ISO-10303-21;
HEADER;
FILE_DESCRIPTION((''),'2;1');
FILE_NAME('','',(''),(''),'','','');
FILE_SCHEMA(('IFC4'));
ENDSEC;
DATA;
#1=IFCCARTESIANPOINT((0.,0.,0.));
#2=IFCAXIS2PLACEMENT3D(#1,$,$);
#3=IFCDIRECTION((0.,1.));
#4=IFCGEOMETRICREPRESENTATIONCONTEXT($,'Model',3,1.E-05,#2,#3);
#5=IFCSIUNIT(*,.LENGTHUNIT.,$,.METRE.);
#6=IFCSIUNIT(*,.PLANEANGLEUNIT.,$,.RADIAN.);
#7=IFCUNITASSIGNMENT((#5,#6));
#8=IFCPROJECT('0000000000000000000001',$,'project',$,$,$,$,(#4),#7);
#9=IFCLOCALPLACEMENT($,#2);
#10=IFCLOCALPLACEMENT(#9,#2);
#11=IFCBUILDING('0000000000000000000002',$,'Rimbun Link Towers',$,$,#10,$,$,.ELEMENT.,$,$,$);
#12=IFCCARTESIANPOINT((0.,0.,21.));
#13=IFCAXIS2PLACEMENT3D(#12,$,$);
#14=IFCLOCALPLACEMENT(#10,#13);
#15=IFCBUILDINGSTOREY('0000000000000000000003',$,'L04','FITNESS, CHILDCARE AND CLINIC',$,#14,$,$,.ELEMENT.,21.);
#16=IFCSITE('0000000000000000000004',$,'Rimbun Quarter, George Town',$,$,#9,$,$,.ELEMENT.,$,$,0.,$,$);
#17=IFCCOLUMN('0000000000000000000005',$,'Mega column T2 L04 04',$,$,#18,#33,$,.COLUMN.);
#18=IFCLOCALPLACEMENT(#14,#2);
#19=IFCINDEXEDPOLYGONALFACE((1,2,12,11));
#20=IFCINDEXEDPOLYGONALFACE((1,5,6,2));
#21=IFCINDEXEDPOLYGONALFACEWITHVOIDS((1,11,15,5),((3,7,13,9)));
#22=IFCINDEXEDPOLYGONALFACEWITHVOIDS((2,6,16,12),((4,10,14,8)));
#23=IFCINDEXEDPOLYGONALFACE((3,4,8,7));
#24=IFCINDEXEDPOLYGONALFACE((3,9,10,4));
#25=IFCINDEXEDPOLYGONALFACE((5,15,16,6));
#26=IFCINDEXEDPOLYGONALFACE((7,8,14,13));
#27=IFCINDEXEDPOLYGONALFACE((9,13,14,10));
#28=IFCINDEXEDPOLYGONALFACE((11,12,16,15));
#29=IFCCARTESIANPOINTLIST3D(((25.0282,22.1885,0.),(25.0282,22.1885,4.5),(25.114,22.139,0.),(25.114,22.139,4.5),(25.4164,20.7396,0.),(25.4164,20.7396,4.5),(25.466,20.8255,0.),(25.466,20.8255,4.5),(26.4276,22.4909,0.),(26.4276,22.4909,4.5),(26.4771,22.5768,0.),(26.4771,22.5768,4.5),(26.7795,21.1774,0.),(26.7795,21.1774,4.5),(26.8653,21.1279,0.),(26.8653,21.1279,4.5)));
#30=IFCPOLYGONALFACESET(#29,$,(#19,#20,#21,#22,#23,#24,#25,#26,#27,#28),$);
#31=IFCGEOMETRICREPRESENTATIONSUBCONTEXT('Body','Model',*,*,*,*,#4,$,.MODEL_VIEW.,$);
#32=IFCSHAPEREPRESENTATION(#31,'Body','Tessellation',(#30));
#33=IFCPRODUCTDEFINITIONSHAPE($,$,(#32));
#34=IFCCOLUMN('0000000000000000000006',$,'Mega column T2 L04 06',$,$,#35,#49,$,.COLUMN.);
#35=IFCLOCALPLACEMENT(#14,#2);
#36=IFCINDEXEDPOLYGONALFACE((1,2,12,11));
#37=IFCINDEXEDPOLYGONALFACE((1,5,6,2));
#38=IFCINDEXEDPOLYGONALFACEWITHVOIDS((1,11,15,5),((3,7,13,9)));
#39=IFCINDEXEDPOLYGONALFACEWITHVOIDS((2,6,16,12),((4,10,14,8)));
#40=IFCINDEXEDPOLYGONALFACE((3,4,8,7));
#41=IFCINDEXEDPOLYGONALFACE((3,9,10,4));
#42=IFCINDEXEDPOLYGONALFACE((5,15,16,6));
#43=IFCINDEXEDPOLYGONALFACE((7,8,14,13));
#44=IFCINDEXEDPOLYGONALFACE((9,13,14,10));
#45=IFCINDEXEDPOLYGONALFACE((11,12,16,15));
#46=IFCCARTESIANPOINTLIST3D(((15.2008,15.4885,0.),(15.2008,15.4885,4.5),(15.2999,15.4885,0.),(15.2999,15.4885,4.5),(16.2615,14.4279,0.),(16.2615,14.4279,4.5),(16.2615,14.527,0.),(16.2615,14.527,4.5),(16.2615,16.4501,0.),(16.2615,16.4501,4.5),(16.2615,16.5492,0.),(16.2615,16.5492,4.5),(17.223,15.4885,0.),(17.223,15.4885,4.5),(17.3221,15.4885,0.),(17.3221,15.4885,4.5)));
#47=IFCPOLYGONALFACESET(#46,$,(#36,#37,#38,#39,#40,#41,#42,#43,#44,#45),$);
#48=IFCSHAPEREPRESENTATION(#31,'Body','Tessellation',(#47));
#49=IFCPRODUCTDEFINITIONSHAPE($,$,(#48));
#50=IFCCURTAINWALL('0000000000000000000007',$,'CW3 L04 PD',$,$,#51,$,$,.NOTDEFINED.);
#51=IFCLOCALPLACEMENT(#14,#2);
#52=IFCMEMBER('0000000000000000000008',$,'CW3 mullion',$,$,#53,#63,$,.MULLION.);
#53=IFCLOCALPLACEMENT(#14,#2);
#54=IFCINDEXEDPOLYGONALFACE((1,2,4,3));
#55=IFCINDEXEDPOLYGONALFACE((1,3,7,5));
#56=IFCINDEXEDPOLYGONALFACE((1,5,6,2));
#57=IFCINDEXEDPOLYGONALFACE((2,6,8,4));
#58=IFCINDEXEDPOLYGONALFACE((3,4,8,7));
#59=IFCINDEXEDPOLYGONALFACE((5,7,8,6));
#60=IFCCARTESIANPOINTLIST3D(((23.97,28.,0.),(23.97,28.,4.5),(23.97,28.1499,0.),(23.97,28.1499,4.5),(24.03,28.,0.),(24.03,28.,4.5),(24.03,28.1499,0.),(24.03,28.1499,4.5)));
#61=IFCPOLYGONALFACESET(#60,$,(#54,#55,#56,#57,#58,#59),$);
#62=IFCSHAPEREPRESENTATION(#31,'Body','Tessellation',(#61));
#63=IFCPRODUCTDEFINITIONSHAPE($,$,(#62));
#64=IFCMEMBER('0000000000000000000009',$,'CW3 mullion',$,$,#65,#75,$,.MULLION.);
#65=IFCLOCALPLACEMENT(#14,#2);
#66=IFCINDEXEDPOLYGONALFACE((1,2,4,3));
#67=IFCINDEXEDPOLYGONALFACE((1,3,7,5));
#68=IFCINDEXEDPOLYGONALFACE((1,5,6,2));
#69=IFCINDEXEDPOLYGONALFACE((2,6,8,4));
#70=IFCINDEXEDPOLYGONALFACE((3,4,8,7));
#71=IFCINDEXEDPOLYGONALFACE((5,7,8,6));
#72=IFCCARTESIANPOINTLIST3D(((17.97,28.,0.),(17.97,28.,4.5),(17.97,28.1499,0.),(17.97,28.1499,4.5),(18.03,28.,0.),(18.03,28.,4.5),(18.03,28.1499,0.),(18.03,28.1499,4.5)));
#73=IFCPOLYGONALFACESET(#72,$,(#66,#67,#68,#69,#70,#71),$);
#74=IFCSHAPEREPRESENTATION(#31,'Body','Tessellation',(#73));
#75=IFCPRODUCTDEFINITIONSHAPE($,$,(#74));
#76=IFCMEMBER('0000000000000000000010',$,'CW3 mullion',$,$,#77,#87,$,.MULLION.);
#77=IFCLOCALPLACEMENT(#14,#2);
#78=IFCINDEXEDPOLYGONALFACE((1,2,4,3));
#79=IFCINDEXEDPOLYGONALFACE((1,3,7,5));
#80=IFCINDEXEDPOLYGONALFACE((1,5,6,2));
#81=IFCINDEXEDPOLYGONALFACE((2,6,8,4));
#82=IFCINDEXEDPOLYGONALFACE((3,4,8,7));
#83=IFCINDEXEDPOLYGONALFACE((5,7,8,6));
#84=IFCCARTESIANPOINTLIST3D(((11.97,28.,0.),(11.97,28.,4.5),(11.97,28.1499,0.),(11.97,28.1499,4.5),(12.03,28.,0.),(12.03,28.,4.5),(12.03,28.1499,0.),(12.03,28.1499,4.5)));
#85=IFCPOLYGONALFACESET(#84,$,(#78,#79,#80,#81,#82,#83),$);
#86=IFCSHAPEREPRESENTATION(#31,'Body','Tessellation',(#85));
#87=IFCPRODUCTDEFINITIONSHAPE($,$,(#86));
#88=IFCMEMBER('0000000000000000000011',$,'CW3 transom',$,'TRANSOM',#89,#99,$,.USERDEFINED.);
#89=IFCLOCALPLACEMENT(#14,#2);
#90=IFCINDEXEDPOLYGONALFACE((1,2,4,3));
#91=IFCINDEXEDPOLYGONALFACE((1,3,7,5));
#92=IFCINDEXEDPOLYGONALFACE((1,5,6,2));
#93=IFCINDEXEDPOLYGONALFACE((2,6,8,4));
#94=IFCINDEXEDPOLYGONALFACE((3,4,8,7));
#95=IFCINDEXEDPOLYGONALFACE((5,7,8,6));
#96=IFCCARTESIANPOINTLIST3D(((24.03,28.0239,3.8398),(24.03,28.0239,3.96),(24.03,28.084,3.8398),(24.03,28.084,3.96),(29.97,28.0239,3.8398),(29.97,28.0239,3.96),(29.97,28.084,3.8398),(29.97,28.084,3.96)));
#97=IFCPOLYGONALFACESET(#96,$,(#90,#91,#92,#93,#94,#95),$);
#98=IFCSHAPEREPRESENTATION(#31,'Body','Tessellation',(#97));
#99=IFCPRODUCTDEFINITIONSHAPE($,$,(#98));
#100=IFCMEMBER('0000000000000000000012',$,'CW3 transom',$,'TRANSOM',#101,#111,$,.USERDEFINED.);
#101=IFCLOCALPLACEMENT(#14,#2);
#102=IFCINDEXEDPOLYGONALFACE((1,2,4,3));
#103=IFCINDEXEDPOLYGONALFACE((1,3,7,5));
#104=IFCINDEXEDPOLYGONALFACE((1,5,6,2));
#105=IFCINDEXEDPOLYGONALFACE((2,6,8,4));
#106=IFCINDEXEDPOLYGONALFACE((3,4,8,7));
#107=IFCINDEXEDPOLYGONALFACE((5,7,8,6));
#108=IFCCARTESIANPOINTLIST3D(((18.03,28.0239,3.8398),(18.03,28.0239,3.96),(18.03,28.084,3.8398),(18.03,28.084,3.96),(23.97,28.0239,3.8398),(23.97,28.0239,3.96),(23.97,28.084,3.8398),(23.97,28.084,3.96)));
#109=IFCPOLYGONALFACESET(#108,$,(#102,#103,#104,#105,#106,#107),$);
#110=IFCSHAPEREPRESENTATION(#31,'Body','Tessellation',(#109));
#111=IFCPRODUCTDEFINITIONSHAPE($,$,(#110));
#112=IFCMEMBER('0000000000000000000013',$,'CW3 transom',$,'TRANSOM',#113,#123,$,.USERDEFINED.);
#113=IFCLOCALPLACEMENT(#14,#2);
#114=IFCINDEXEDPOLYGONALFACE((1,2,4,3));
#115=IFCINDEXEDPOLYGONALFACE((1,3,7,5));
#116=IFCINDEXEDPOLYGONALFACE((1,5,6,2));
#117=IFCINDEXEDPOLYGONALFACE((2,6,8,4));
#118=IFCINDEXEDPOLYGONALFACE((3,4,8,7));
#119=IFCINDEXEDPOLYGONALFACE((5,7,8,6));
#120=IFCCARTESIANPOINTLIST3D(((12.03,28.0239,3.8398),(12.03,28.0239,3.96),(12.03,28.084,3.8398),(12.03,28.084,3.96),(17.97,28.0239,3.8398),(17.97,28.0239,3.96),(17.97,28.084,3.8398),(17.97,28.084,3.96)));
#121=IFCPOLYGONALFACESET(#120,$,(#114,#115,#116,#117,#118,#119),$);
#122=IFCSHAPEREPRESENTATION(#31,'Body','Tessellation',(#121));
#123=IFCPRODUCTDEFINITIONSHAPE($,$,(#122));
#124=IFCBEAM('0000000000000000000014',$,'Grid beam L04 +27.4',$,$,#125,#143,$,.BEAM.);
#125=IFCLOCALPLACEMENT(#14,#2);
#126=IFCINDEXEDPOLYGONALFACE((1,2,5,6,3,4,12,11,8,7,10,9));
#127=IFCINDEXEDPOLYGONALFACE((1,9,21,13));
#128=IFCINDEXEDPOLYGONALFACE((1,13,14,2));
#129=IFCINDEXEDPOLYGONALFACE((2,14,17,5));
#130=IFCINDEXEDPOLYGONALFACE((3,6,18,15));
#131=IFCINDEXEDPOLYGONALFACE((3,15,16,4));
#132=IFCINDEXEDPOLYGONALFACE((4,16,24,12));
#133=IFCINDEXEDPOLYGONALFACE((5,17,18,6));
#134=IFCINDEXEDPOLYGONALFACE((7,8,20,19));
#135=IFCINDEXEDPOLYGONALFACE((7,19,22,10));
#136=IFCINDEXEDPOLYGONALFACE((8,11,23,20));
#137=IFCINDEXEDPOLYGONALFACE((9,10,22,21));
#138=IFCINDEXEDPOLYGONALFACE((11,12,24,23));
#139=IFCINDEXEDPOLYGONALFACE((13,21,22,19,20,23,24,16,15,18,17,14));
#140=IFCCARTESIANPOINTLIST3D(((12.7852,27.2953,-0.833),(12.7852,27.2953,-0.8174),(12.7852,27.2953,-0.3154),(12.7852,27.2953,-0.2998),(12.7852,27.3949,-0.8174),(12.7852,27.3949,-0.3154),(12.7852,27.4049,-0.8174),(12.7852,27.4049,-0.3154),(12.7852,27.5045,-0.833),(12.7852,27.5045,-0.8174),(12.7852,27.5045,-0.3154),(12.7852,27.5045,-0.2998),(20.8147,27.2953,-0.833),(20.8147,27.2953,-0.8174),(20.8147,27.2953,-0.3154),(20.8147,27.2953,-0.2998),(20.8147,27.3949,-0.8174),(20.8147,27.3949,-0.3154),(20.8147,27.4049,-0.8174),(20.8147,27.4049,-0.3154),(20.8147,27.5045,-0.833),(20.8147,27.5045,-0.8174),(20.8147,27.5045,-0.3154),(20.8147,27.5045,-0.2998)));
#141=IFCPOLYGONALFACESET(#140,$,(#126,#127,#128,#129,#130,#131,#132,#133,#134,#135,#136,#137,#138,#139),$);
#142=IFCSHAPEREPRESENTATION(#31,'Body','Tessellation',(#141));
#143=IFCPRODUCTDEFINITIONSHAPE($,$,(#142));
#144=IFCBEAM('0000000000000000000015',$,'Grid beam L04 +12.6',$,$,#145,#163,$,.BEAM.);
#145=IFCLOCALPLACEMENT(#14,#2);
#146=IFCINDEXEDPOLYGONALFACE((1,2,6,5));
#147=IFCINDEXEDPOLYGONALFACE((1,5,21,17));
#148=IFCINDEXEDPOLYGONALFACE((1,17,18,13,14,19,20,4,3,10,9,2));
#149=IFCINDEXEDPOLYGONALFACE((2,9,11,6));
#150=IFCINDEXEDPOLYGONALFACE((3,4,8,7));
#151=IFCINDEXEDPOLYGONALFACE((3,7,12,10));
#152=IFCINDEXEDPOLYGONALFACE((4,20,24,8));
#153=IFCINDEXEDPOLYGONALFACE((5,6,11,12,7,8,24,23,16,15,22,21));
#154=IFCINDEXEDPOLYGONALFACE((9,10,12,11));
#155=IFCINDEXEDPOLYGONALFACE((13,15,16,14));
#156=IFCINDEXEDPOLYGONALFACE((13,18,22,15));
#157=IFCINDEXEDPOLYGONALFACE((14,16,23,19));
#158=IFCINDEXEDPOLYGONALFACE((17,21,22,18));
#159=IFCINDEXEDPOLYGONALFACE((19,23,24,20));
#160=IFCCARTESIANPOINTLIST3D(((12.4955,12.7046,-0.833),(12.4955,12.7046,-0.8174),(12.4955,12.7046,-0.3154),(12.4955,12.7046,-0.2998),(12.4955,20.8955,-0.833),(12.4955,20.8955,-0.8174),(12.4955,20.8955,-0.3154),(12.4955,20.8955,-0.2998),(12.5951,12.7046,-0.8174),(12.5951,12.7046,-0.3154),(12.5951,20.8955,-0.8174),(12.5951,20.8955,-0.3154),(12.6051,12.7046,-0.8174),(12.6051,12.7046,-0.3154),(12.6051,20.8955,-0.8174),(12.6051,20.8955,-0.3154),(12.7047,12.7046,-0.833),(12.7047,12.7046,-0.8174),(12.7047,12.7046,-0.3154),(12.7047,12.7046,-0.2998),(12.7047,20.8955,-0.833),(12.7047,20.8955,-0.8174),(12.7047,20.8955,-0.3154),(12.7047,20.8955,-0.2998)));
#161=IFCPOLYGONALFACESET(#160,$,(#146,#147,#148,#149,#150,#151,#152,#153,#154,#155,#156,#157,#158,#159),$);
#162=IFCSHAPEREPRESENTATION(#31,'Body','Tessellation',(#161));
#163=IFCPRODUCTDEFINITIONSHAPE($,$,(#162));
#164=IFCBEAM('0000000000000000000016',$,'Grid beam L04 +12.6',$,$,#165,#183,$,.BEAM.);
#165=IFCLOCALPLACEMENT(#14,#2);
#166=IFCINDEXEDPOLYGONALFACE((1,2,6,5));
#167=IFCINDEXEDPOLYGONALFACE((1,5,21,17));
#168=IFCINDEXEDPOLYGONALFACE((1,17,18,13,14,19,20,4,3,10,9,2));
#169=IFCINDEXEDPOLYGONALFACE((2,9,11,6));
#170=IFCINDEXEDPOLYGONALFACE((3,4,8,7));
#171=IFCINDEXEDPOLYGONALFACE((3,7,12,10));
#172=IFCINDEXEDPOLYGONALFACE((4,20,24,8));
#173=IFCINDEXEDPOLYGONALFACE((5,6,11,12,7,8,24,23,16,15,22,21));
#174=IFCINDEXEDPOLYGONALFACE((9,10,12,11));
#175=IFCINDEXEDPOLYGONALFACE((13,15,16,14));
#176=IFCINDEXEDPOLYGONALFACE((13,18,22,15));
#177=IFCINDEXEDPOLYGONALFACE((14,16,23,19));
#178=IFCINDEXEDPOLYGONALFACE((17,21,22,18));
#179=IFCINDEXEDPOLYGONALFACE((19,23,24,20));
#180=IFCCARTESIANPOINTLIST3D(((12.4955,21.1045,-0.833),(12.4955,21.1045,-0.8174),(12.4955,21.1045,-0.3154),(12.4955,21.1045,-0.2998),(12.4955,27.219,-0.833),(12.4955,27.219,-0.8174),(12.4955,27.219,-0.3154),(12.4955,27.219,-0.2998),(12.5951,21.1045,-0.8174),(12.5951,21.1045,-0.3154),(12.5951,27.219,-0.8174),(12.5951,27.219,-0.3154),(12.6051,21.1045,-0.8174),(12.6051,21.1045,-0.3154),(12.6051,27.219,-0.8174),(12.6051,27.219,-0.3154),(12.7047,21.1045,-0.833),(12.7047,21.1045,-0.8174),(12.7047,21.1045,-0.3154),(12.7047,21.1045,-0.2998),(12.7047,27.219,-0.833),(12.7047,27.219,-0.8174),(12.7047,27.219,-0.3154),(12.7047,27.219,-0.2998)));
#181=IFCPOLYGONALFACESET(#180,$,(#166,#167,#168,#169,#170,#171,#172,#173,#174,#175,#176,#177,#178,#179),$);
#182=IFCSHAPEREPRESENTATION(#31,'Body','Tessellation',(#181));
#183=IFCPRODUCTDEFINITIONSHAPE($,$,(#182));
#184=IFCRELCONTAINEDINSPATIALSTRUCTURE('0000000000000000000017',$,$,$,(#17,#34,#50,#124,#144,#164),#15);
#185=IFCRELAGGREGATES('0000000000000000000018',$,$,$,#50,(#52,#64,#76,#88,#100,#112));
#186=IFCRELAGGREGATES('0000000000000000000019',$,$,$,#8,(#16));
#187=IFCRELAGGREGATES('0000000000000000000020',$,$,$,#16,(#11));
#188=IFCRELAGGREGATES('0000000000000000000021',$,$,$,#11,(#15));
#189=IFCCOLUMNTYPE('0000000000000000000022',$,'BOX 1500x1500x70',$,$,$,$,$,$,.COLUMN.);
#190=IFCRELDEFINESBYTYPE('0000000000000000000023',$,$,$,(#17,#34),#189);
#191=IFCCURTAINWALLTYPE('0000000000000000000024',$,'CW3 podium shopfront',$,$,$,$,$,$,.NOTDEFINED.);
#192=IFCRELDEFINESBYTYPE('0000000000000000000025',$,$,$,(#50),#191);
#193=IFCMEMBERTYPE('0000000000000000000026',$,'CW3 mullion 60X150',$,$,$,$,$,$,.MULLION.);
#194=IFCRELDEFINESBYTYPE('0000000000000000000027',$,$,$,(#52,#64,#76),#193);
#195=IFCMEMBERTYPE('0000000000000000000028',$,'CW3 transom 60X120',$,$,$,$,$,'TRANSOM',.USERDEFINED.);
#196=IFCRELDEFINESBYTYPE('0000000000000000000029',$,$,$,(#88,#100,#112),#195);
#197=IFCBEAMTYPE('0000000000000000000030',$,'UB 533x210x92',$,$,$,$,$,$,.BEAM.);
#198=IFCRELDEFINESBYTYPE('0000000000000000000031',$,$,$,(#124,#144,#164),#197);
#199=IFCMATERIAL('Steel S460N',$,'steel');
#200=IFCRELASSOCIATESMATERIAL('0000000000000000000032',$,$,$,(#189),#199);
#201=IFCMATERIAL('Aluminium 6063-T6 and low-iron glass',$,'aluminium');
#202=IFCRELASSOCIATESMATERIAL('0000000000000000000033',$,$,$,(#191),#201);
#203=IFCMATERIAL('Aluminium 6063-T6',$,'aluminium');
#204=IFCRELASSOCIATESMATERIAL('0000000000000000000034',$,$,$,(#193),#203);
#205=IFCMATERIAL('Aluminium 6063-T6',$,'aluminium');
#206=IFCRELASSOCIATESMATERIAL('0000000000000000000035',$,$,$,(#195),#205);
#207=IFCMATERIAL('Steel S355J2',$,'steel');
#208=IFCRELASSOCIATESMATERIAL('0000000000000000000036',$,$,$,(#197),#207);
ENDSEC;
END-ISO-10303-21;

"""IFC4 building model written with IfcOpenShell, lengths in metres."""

from ifc_helpers import new_model, si_unit, direction, frame, origin, origin_2d, place, context, subcontext, project, spatial, rectangle, hollow_rectangle, i_section, extrude, material, material_profile, profile_set, type_object, element, aggregate, save


model = new_model("IFC4")

# Units and contexts
model_context = context("Model", 3, precision=1e-05, world=origin(), true_north=direction((0.0, 1.0)))
body_context = subcontext(model_context, "Body", "Model", "MODEL_VIEW")
ifc_project = project(units=[si_unit("LENGTHUNIT", "METRE"), si_unit("PLANEANGLEUNIT", "RADIAN")], contexts=[model_context])

# Site, building, storey
site_placement = place(None, origin())
site = spatial("IfcSite", under=ifc_project, at=site_placement, Name="Rimbun Quarter, George Town", CompositionType="ELEMENT", RefElevation=0.0)
building_placement = place(site_placement, origin())
building = spatial("IfcBuilding", under=site, at=building_placement, Name="Rimbun Link Towers", CompositionType="ELEMENT")
storey_placement = place(building_placement, frame((0.0, 0.0, 21.0)))
storey = spatial("IfcBuildingStorey", under=building, at=storey_placement, Name="L04", Description="FITNESS, CHILDCARE AND CLINIC", CompositionType="ELEMENT", Elevation=21.0)

# Columns
ifc_material_1 = material(Name="Steel S460N", Category="steel")
ifc_material_profile_1 = material_profile(ifc_material_1, hollow_rectangle(XDim=1.5, YDim=1.5, WallThickness=0.0701, at=origin_2d()), Name="BOX 1500x1500x70")
ifc_profile_set_1 = profile_set([ifc_material_profile_1], Name="Steel S460N")
column_type = type_object("IfcColumnType", Name="BOX 1500x1500x70", PredefinedType="COLUMN", material=ifc_profile_set_1)
for number, where, z_axis, x_axis, name in (
    (1, (25.9468, 21.6582, 0.0), (0.0, 0.0, 1.0), (-0.258819, 0.965926, 0.0), "Mega column T2 L04 04"),
    (2, (16.2615, 15.4885, 0.0), (0.0, 0.0, 1.0), (-0.707107, 0.707107, 0.0), "Mega column T2 L04 06"),
):
    element("IfcColumn", number, at=place(storey_placement, frame(where, z_axis=z_axis, x_axis=x_axis)), inside=storey, type_object=column_type, Name=name, PredefinedType="COLUMN", context=body_context, shape_type="SweptSolid", body=[
        extrude(hollow_rectangle(XDim=1.5, YDim=1.5, WallThickness=0.0701, at=origin_2d()), origin(), (0.0, 0.0, 1.0), 4.5),
    ])

# Curtain wall, members
ifc_material_2 = material(Name="Aluminium 6063-T6 and low-iron glass", Category="aluminium")
curtain_wall_type = type_object("IfcCurtainWallType", Name="CW3 podium shopfront", PredefinedType="NOTDEFINED", material=ifc_material_2)
curtain_wall_placement = place(storey_placement, origin())
curtain_wall = element("IfcCurtainWall", 3, at=curtain_wall_placement, inside=storey, type_object=curtain_wall_type, Name="CW3 L04 PD", PredefinedType="NOTDEFINED")
ifc_material_3 = material(Name="Aluminium 6063-T6", Category="aluminium")
ifc_material_profile_2 = material_profile(ifc_material_3, rectangle(XDim=0.1499, YDim=0.0601, at=origin_2d()), Name="MULLION 60X150")
ifc_profile_set_2 = profile_set([ifc_material_profile_2], Name="Aluminium 6063-T6")
member_type_1 = type_object("IfcMemberType", Name="CW3 mullion 60X150", PredefinedType="MULLION", material=ifc_profile_set_2)
member_1_placement = place(storey_placement, frame((24.0, 28.075, 0.0), z_axis=(0.0, 0.0, 1.0), x_axis=(0.0, 1.0, 0.0)))
member_1 = element("IfcMember", 4, at=member_1_placement, type_object=member_type_1, Name="CW3 mullion", PredefinedType="MULLION", context=body_context, shape_type="SweptSolid", body=[
    extrude(rectangle(XDim=0.1499, YDim=0.0601, at=origin_2d()), origin(), (0.0, 0.0, 1.0), 4.5),
])
member_2_placement = place(storey_placement, frame((18.0, 28.075, 0.0), z_axis=(0.0, 0.0, 1.0), x_axis=(0.0, 1.0, 0.0)))
member_2 = element("IfcMember", 5, at=member_2_placement, type_object=member_type_1, Name="CW3 mullion", PredefinedType="MULLION", context=body_context, shape_type="SweptSolid", body=[
    extrude(rectangle(XDim=0.1499, YDim=0.0601, at=origin_2d()), origin(), (0.0, 0.0, 1.0), 4.5),
])
member_3_placement = place(storey_placement, frame((12.0, 28.075, 0.0), z_axis=(0.0, 0.0, 1.0), x_axis=(0.0, 1.0, 0.0)))
member_3 = element("IfcMember", 6, at=member_3_placement, type_object=member_type_1, Name="CW3 mullion", PredefinedType="MULLION", context=body_context, shape_type="SweptSolid", body=[
    extrude(rectangle(XDim=0.1499, YDim=0.0601, at=origin_2d()), origin(), (0.0, 0.0, 1.0), 4.5),
])
ifc_material_4 = material(Name="Aluminium 6063-T6", Category="aluminium")
ifc_material_profile_3 = material_profile(ifc_material_4, rectangle(XDim=0.0601, YDim=0.1201, at=origin_2d()), Name="TRANSOM 60X120")
ifc_profile_set_3 = profile_set([ifc_material_profile_3], Name="Aluminium 6063-T6")
member_type_2 = type_object("IfcMemberType", Name="CW3 transom 60X120", ElementType="TRANSOM", PredefinedType="USERDEFINED", material=ifc_profile_set_3)
member_4_placement = place(storey_placement, frame((24.03, 28.054, 3.8999), z_axis=(1.0, 0.0, 0.0), x_axis=(0.0, 1.0, 0.0)))
member_4 = element("IfcMember", 7, at=member_4_placement, type_object=member_type_2, Name="CW3 transom", ObjectType="TRANSOM", PredefinedType="USERDEFINED", context=body_context, shape_type="SweptSolid", body=[
    extrude(rectangle(XDim=0.0601, YDim=0.1201, at=origin_2d()), origin(), (0.0, 0.0, 1.0), 5.9399),
])
member_5_placement = place(storey_placement, frame((18.03, 28.054, 3.8999), z_axis=(1.0, 0.0, 0.0), x_axis=(0.0, 1.0, 0.0)))
member_5 = element("IfcMember", 8, at=member_5_placement, type_object=member_type_2, Name="CW3 transom", ObjectType="TRANSOM", PredefinedType="USERDEFINED", context=body_context, shape_type="SweptSolid", body=[
    extrude(rectangle(XDim=0.0601, YDim=0.1201, at=origin_2d()), origin(), (0.0, 0.0, 1.0), 5.9399),
])
member_6_placement = place(storey_placement, frame((12.03, 28.054, 3.8999), z_axis=(1.0, 0.0, 0.0), x_axis=(0.0, 1.0, 0.0)))
member_6 = element("IfcMember", 9, at=member_6_placement, type_object=member_type_2, Name="CW3 transom", ObjectType="TRANSOM", PredefinedType="USERDEFINED", context=body_context, shape_type="SweptSolid", body=[
    extrude(rectangle(XDim=0.0601, YDim=0.1201, at=origin_2d()), origin(), (0.0, 0.0, 1.0), 5.9399),
])

# Beams
ifc_material_5 = material(Name="Steel S355J2", Category="steel")
ifc_material_profile_4 = material_profile(ifc_material_5, i_section(OverallWidth=0.2092, OverallDepth=0.5332, WebThickness=0.01, FlangeThickness=0.0156, at=origin_2d()), Name="UB 533x210x92")
ifc_profile_set_4 = profile_set([ifc_material_profile_4], Name="Steel S355J2")
beam_type_1 = type_object("IfcBeamType", Name="UB 533x210x92", PredefinedType="BEAM", material=ifc_profile_set_4)
beam_1_placement = place(storey_placement, frame((12.7852, 27.3999, -0.5664), z_axis=(1.0, 0.0, 0.0), x_axis=(0.0, 1.0, 0.0)))
element("IfcBeam", 10, at=beam_1_placement, inside=storey, type_object=beam_type_1, Name="Grid beam L04 +27.4", PredefinedType="BEAM", context=body_context, shape_type="SweptSolid", body=[
    extrude(i_section(OverallWidth=0.2092, OverallDepth=0.5332, WebThickness=0.01, FlangeThickness=0.0156, at=origin_2d()), origin(), (0.0, 0.0, 1.0), 8.0295),
])
beam_2_placement = place(storey_placement, frame((12.6001, 12.7046, -0.5664), z_axis=(0.0, 1.0, 0.0), x_axis=(-1.0, 0.0, 0.0)))
element("IfcBeam", 11, at=beam_2_placement, inside=storey, type_object=beam_type_1, Name="Grid beam L04 +12.6", PredefinedType="BEAM", context=body_context, shape_type="SweptSolid", body=[
    extrude(i_section(OverallWidth=0.2092, OverallDepth=0.5332, WebThickness=0.01, FlangeThickness=0.0156, at=origin_2d()), origin(), (0.0, 0.0, 1.0), 8.1909),
])
beam_3_placement = place(storey_placement, frame((12.6001, 21.1045, -0.5664), z_axis=(0.0, 1.0, 0.0), x_axis=(-1.0, 0.0, 0.0)))
element("IfcBeam", 12, at=beam_3_placement, inside=storey, type_object=beam_type_1, Name="Grid beam L04 +12.6", PredefinedType="BEAM", context=body_context, shape_type="SweptSolid", body=[
    extrude(i_section(OverallWidth=0.2092, OverallDepth=0.5332, WebThickness=0.01, FlangeThickness=0.0156, at=origin_2d()), origin(), (0.0, 0.0, 1.0), 6.1145),
])

aggregate(curtain_wall, [member_1, member_2, member_3, member_4, member_5, member_6])

save(model, "model.ifc")
